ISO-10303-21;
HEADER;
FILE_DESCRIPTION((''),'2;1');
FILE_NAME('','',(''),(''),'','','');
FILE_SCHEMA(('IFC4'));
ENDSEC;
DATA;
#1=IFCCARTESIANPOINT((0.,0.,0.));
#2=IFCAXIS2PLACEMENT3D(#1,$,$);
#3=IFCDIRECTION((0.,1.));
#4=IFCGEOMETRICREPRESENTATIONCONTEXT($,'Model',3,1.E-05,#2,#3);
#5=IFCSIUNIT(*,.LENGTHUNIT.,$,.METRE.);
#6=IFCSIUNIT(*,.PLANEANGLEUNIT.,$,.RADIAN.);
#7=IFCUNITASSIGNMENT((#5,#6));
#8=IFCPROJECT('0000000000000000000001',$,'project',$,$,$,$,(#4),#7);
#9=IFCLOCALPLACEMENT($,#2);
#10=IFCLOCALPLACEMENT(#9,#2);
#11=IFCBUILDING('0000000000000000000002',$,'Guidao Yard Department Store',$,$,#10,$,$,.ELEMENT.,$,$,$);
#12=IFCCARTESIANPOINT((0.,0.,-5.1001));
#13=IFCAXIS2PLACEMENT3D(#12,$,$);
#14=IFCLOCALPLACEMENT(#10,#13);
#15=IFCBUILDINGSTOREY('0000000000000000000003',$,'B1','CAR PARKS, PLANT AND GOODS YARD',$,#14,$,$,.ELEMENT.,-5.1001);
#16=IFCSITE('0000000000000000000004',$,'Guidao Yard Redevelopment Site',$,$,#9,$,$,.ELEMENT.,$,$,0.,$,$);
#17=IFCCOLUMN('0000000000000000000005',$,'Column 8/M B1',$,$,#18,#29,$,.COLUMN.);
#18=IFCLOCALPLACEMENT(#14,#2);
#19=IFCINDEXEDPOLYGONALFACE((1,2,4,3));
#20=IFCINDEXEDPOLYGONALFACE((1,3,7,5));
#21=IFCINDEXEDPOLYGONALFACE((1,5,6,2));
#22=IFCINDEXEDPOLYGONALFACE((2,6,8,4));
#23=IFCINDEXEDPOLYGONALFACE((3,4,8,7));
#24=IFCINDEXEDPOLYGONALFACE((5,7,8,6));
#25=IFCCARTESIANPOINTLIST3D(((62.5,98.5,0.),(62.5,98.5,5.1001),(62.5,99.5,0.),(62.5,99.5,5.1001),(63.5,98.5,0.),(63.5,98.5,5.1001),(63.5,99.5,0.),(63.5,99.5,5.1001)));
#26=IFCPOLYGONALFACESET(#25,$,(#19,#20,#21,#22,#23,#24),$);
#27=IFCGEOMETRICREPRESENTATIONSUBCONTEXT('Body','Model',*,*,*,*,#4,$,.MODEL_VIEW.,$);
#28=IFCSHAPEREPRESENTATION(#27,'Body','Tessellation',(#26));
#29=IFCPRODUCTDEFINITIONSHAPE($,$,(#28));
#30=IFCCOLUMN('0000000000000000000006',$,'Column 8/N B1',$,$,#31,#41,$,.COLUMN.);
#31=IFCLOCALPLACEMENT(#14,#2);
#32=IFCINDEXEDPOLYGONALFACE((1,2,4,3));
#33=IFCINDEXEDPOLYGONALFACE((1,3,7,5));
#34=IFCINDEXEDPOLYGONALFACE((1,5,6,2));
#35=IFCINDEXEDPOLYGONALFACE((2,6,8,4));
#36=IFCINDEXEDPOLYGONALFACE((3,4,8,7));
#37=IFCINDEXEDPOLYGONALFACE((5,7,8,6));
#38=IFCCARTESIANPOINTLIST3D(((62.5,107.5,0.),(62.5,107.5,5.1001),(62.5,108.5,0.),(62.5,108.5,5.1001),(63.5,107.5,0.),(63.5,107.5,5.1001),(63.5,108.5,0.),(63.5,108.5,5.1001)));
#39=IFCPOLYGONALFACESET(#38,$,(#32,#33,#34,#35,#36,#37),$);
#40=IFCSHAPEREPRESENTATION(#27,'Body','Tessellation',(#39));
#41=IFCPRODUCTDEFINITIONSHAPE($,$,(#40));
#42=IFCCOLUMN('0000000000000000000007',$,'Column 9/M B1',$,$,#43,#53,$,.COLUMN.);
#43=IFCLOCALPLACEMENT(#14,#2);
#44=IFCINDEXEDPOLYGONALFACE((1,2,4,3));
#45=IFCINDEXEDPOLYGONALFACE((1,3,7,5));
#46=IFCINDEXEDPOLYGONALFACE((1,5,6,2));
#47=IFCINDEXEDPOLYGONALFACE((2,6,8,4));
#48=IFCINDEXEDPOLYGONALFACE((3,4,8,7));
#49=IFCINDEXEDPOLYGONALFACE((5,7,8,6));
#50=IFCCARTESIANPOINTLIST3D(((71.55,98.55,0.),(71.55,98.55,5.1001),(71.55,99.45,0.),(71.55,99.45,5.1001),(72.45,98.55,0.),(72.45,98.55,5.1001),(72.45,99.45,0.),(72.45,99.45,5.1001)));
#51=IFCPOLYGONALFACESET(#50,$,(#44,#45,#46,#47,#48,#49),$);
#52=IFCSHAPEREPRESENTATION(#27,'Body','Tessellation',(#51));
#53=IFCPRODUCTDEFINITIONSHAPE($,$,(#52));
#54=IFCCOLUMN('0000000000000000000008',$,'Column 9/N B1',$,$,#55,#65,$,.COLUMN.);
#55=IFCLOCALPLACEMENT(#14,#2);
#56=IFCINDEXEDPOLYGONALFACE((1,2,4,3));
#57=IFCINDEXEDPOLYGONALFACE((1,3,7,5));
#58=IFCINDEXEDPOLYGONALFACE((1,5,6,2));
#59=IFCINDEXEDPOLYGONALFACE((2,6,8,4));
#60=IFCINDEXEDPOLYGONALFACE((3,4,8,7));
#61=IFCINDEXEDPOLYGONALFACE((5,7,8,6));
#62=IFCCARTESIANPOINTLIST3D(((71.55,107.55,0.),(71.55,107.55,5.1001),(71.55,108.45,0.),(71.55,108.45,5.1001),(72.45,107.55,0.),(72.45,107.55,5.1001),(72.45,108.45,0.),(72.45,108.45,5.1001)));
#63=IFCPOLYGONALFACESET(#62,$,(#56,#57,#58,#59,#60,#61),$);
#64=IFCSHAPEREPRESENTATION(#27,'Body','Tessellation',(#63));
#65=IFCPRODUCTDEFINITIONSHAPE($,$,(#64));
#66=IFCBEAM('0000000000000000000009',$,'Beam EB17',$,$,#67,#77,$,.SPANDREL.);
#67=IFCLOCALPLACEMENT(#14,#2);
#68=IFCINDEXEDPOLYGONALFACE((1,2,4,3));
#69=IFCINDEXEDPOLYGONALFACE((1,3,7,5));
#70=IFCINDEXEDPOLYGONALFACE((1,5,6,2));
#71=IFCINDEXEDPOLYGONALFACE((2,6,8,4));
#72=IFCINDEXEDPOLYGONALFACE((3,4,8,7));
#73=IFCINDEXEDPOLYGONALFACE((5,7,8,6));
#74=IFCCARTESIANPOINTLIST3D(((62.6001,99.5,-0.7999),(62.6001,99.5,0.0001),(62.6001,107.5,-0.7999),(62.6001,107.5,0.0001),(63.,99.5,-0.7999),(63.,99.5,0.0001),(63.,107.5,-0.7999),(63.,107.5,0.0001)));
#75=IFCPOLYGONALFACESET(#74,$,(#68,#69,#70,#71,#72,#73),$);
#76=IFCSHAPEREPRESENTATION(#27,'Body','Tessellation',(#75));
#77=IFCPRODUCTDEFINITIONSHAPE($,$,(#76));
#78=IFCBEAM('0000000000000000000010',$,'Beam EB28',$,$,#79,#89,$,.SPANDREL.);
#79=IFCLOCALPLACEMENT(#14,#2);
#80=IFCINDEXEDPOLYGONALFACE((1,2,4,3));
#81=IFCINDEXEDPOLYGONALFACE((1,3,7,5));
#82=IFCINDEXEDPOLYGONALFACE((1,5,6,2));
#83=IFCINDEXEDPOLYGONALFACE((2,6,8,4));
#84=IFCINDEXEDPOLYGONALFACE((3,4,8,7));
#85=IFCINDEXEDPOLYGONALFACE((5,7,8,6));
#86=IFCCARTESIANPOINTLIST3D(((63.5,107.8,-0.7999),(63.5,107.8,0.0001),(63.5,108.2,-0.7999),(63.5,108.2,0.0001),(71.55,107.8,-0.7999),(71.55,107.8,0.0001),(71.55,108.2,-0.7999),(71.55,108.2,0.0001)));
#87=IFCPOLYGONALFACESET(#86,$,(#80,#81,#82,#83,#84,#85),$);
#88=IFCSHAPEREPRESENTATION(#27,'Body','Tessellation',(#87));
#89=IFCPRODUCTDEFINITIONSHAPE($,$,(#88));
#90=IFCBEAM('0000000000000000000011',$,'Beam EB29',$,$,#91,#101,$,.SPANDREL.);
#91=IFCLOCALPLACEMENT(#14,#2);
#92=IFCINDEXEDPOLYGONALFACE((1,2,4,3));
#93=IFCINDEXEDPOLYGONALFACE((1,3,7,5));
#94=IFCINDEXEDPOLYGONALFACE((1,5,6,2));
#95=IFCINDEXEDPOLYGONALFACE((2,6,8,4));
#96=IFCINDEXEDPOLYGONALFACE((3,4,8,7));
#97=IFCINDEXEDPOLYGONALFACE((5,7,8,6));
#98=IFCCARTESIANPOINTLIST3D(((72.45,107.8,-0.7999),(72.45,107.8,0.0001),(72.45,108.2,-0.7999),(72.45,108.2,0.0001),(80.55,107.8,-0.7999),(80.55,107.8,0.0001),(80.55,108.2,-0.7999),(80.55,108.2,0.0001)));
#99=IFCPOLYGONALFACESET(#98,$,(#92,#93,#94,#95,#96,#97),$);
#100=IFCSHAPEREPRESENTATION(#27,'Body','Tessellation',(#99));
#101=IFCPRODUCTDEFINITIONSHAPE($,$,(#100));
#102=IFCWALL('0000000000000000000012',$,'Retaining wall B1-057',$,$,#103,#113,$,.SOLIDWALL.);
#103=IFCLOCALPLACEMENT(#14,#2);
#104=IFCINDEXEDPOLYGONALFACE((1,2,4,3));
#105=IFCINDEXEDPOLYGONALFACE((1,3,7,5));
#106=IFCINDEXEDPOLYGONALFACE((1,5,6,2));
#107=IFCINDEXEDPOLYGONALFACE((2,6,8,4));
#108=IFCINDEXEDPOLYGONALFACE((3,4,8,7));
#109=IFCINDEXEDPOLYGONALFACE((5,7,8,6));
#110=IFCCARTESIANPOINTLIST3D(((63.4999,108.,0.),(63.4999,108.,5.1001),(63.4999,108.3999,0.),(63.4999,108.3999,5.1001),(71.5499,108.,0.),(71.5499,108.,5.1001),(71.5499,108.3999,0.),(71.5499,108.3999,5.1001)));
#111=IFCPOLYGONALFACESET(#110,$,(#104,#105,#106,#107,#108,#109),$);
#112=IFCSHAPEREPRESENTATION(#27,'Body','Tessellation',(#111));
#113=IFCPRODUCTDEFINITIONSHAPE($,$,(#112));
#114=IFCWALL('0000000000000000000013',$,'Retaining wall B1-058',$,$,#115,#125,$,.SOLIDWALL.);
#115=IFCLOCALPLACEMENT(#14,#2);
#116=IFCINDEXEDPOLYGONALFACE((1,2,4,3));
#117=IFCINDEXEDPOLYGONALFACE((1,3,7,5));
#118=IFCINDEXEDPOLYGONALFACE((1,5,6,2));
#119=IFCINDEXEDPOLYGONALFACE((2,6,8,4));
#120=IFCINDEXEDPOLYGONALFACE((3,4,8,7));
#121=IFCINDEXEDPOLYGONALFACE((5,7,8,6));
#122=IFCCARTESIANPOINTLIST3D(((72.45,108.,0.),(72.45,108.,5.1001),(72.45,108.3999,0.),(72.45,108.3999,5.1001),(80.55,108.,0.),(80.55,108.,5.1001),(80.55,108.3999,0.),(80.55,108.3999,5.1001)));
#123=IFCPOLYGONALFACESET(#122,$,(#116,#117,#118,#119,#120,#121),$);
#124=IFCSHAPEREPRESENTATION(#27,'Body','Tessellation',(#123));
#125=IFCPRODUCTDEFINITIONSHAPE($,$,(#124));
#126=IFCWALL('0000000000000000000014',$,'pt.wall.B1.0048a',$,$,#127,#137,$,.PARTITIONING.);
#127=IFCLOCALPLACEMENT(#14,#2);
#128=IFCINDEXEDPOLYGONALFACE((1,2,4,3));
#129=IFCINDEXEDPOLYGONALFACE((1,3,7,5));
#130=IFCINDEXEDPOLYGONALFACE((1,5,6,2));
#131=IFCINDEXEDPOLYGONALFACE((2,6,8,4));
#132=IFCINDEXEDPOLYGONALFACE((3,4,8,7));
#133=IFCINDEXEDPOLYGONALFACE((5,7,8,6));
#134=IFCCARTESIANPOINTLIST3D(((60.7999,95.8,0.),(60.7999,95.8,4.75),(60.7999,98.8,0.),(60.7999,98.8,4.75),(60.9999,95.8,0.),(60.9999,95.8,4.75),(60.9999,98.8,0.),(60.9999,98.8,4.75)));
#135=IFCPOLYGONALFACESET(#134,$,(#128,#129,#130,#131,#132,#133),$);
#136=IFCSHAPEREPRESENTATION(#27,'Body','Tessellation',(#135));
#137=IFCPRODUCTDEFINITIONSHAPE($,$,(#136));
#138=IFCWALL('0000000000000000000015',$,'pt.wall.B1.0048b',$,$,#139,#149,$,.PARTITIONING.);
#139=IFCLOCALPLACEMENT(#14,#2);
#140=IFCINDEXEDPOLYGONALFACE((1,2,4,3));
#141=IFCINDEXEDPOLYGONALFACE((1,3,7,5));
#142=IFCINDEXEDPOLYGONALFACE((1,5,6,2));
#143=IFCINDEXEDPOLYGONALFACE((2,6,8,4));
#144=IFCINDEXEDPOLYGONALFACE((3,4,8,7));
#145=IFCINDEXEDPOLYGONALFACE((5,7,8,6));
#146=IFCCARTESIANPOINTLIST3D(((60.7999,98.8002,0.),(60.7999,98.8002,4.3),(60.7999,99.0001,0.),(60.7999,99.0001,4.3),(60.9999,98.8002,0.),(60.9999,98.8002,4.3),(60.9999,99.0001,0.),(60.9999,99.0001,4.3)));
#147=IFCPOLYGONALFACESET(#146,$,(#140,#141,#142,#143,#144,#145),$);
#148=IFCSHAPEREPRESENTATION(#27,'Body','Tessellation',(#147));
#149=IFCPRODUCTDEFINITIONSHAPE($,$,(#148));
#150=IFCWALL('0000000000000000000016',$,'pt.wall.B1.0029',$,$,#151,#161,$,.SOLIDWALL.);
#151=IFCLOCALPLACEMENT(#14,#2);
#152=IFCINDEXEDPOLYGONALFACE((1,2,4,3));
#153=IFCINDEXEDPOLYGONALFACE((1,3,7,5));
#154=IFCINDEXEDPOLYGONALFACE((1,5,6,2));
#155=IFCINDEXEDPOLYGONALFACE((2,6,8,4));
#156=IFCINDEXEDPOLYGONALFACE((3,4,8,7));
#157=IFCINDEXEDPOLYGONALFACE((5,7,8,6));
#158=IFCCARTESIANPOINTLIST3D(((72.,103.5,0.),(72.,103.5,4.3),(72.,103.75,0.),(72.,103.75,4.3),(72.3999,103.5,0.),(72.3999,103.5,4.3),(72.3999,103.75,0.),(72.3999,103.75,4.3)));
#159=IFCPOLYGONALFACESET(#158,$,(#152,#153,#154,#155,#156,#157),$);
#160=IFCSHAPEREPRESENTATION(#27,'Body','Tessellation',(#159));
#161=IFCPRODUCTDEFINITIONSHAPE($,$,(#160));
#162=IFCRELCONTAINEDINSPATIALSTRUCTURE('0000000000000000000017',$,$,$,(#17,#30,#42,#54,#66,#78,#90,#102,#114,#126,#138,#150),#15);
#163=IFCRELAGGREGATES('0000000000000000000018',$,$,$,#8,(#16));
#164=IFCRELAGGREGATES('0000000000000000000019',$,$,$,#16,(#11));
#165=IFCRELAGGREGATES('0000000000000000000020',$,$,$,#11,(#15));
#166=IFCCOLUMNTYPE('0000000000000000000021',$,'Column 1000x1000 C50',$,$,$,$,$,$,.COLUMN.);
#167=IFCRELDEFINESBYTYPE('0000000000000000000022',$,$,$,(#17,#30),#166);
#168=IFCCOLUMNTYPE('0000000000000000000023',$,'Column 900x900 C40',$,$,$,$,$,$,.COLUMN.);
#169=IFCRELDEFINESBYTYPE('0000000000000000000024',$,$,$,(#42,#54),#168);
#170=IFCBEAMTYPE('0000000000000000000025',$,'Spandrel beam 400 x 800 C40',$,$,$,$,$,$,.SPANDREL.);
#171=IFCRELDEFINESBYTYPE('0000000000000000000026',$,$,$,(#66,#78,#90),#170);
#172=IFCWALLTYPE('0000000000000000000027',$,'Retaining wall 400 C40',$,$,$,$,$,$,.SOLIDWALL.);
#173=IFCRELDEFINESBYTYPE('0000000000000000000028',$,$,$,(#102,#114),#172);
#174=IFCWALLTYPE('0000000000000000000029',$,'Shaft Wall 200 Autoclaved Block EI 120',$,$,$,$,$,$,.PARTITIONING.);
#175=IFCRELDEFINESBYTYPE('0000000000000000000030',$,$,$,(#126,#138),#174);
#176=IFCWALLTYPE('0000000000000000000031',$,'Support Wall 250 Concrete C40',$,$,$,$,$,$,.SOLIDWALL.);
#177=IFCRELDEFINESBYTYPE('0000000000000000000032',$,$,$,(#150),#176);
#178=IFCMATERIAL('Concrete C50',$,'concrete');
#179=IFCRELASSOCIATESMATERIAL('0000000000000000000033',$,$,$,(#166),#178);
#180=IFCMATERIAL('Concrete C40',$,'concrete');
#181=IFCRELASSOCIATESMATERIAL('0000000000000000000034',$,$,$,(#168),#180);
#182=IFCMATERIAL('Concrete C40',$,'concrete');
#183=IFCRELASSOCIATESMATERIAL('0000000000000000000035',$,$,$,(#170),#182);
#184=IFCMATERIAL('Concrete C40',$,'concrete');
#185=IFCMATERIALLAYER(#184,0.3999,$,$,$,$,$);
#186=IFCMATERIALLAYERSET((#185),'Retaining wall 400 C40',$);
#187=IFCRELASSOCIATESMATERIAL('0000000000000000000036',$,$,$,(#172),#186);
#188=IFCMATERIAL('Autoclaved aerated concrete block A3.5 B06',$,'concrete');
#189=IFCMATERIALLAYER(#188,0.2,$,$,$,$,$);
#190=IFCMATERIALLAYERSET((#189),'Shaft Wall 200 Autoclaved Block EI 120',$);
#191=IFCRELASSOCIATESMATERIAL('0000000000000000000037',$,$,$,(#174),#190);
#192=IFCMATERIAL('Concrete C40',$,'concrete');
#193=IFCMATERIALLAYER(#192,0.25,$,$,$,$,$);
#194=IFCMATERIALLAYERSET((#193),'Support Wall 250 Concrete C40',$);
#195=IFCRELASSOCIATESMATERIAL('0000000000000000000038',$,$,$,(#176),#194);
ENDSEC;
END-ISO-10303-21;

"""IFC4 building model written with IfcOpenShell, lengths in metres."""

from ifc_helpers import new_model, si_unit, direction, frame, frame_2d, origin, origin_2d, place, context, subcontext, project, spatial, rectangle, extrude, material, layer, layer_set, material_profile, profile_set, type_object, element, save


model = new_model("IFC4")

# Units and contexts
model_context = context("Model", 3, precision=1e-05, world=origin(), true_north=direction((0.0, 1.0)))
body_context = subcontext(model_context, "Body", "Model", "MODEL_VIEW")
ifc_project = project(units=[si_unit("LENGTHUNIT", "METRE"), si_unit("PLANEANGLEUNIT", "RADIAN")], contexts=[model_context])

# Site, building, storey
site_placement = place(None, origin())
site = spatial("IfcSite", under=ifc_project, at=site_placement, Name="Guidao Yard Redevelopment Site", CompositionType="ELEMENT", RefElevation=0.0)
building_placement = place(site_placement, origin())
building = spatial("IfcBuilding", under=site, at=building_placement, Name="Guidao Yard Department Store", CompositionType="ELEMENT")
storey_placement = place(building_placement, frame((0.0, 0.0, -5.1001)))
storey = spatial("IfcBuildingStorey", under=building, at=storey_placement, Name="B1", Description="CAR PARKS, PLANT AND GOODS YARD", CompositionType="ELEMENT", Elevation=-5.1001)

# Columns
ifc_material_1 = material(Name="Concrete C50", Category="concrete")
ifc_material_profile_1 = material_profile(ifc_material_1, rectangle(XDim=1.0, YDim=1.0, at=origin_2d()), Name="COL 1000x1000")
ifc_profile_set_1 = profile_set([ifc_material_profile_1], Name="Concrete C50")
column_type_1 = type_object("IfcColumnType", Name="Column 1000x1000 C50", PredefinedType="COLUMN", material=ifc_profile_set_1)
for number, where, z_axis, x_axis, name in (
    (1, (63.0, 99.0, 0.0), (0.0, 0.0, 1.0), (1.0, 0.0, 0.0), "Column 8/M B1"),
    (2, (63.0, 108.0, 0.0), (0.0, 0.0, 1.0), (1.0, 0.0, 0.0), "Column 8/N B1"),
):
    element("IfcColumn", number, at=place(storey_placement, frame(where, z_axis=z_axis, x_axis=x_axis)), inside=storey, type_object=column_type_1, Name=name, PredefinedType="COLUMN", context=body_context, shape_type="SweptSolid", body=[
        extrude(rectangle(XDim=1.0, YDim=1.0, at=origin_2d()), origin(), (0.0, 0.0, 1.0), 5.1001),
    ])
ifc_material_2 = material(Name="Concrete C40", Category="concrete")
ifc_material_profile_2 = material_profile(ifc_material_2, rectangle(XDim=0.8999, YDim=0.8999, at=origin_2d()), Name="COL 900x900")
ifc_profile_set_2 = profile_set([ifc_material_profile_2], Name="Concrete C40")
column_type_2 = type_object("IfcColumnType", Name="Column 900x900 C40", PredefinedType="COLUMN", material=ifc_profile_set_2)
for number, where, z_axis, x_axis, name in (
    (3, (72.0, 99.0, 0.0), (0.0, 0.0, 1.0), (1.0, 0.0, 0.0), "Column 9/M B1"),
    (4, (72.0, 108.0, 0.0), (0.0, 0.0, 1.0), (1.0, 0.0, 0.0), "Column 9/N B1"),
):
    element("IfcColumn", number, at=place(storey_placement, frame(where, z_axis=z_axis, x_axis=x_axis)), inside=storey, type_object=column_type_2, Name=name, PredefinedType="COLUMN", context=body_context, shape_type="SweptSolid", body=[
        extrude(rectangle(XDim=0.8999, YDim=0.8999, at=origin_2d()), origin(), (0.0, 0.0, 1.0), 5.1001),
    ])

# Beams
ifc_material_3 = material(Name="Concrete C40", Category="concrete")
ifc_material_profile_3 = material_profile(ifc_material_3, rectangle(XDim=0.3999, YDim=0.8, at=origin_2d()), Name="Spandrel beam 400 x 800 C40")
ifc_profile_set_3 = profile_set([ifc_material_profile_3], Name="Concrete C40")
beam_type = type_object("IfcBeamType", Name="Spandrel beam 400 x 800 C40", PredefinedType="SPANDREL", material=ifc_profile_set_3)
beam_1_placement = place(storey_placement, frame((62.8, 99.5, -0.3999), z_axis=(0.0, 1.0, 0.0), x_axis=(-1.0, 0.0, 0.0)))
element("IfcBeam", 5, at=beam_1_placement, inside=storey, type_object=beam_type, Name="Beam EB17", PredefinedType="SPANDREL", context=body_context, shape_type="SweptSolid", body=[
    extrude(rectangle(XDim=0.3999, YDim=0.8, at=origin_2d()), origin(), (0.0, 0.0, 1.0), 8.0),
])
beam_2_placement = place(storey_placement, frame((63.5, 108.0, -0.3999), z_axis=(1.0, 0.0, 0.0), x_axis=(0.0, 1.0, 0.0)))
element("IfcBeam", 6, at=beam_2_placement, inside=storey, type_object=beam_type, Name="Beam EB28", PredefinedType="SPANDREL", context=body_context, shape_type="SweptSolid", body=[
    extrude(rectangle(XDim=0.3999, YDim=0.8, at=origin_2d()), origin(), (0.0, 0.0, 1.0), 8.05),
])
beam_3_placement = place(storey_placement, frame((72.45, 108.0, -0.3999), z_axis=(1.0, 0.0, 0.0), x_axis=(0.0, 1.0, 0.0)))
element("IfcBeam", 7, at=beam_3_placement, inside=storey, type_object=beam_type, Name="Beam EB29", PredefinedType="SPANDREL", context=body_context, shape_type="SweptSolid", body=[
    extrude(rectangle(XDim=0.3999, YDim=0.8, at=origin_2d()), origin(), (0.0, 0.0, 1.0), 8.1001),
])

# Walls
ifc_material_4 = material(Name="Concrete C40", Category="concrete")
ifc_layer_1 = layer(ifc_material_4, 0.3999)
ifc_layer_set_1 = layer_set([ifc_layer_1], Name="Retaining wall 400 C40")
wall_type_1 = type_object("IfcWallType", Name="Retaining wall 400 C40", PredefinedType="SOLIDWALL", material=ifc_layer_set_1)
wall_1_placement = place(storey_placement, frame((63.5, 108.2, 0.0), z_axis=(0.0, 0.0, 1.0), x_axis=(1.0, 0.0, 0.0)))
element("IfcWall", 8, at=wall_1_placement, inside=storey, type_object=wall_type_1, Name="Retaining wall B1-057", PredefinedType="SOLIDWALL", context=body_context, shape_type="SweptSolid", body=[
    extrude(rectangle(XDim=8.05, YDim=0.3999, at=frame_2d((4.0249, 0.0))), origin(), (0.0, 0.0, 1.0), 5.1001),
])
wall_2_placement = place(storey_placement, frame((72.45, 108.2, 0.0), z_axis=(0.0, 0.0, 1.0), x_axis=(1.0, 0.0, 0.0)))
element("IfcWall", 9, at=wall_2_placement, inside=storey, type_object=wall_type_1, Name="Retaining wall B1-058", PredefinedType="SOLIDWALL", context=body_context, shape_type="SweptSolid", body=[
    extrude(rectangle(XDim=8.1001, YDim=0.3999, at=frame_2d((4.05, 0.0))), origin(), (0.0, 0.0, 1.0), 5.1001),
])
ifc_material_5 = material(Name="Autoclaved aerated concrete block A3.5 B06", Category="concrete")
ifc_layer_2 = layer(ifc_material_5, 0.2)
ifc_layer_set_2 = layer_set([ifc_layer_2], Name="Shaft Wall 200 Autoclaved Block EI 120")
wall_type_2 = type_object("IfcWallType", Name="Shaft Wall 200 Autoclaved Block EI 120", PredefinedType="PARTITIONING", material=ifc_layer_set_2)
wall_3_placement = place(storey_placement, frame((60.8999, 95.8, 0.0), z_axis=(0.0, 0.0, 1.0), x_axis=(0.0, 1.0, 0.0)))
element("IfcWall", 10, at=wall_3_placement, inside=storey, type_object=wall_type_2, Name="pt.wall.B1.0048a", PredefinedType="PARTITIONING", context=body_context, shape_type="SweptSolid", body=[
    extrude(rectangle(XDim=3.0, YDim=0.2, at=frame_2d((1.5, 0.0))), origin(), (0.0, 0.0, 1.0), 4.75),
])
wall_4_placement = place(storey_placement, frame((60.8999, 98.8, 0.0), z_axis=(0.0, 0.0, 1.0), x_axis=(0.0, 1.0, 0.0)))
element("IfcWall", 11, at=wall_4_placement, inside=storey, type_object=wall_type_2, Name="pt.wall.B1.0048b", PredefinedType="PARTITIONING", context=body_context, shape_type="SweptSolid", body=[
    extrude(rectangle(XDim=0.2, YDim=0.2, at=frame_2d((0.1001, 0.0))), origin(), (0.0, 0.0, 1.0), 4.3),
])
ifc_material_6 = material(Name="Concrete C40", Category="concrete")
ifc_layer_3 = layer(ifc_material_6, 0.25)
ifc_layer_set_3 = layer_set([ifc_layer_3], Name="Support Wall 250 Concrete C40")
wall_type_3 = type_object("IfcWallType", Name="Support Wall 250 Concrete C40", PredefinedType="SOLIDWALL", material=ifc_layer_set_3)
wall_5_placement = place(storey_placement, frame((72.0, 103.625, 0.0), z_axis=(0.0, 0.0, 1.0), x_axis=(1.0, 0.0, 0.0)))
element("IfcWall", 12, at=wall_5_placement, inside=storey, type_object=wall_type_3, Name="pt.wall.B1.0029", PredefinedType="SOLIDWALL", context=body_context, shape_type="SweptSolid", body=[
    extrude(rectangle(XDim=0.3999, YDim=0.25, at=frame_2d((0.2, 0.0))), origin(), (0.0, 0.0, 1.0), 4.3),
])

save(model, "model.ifc")
